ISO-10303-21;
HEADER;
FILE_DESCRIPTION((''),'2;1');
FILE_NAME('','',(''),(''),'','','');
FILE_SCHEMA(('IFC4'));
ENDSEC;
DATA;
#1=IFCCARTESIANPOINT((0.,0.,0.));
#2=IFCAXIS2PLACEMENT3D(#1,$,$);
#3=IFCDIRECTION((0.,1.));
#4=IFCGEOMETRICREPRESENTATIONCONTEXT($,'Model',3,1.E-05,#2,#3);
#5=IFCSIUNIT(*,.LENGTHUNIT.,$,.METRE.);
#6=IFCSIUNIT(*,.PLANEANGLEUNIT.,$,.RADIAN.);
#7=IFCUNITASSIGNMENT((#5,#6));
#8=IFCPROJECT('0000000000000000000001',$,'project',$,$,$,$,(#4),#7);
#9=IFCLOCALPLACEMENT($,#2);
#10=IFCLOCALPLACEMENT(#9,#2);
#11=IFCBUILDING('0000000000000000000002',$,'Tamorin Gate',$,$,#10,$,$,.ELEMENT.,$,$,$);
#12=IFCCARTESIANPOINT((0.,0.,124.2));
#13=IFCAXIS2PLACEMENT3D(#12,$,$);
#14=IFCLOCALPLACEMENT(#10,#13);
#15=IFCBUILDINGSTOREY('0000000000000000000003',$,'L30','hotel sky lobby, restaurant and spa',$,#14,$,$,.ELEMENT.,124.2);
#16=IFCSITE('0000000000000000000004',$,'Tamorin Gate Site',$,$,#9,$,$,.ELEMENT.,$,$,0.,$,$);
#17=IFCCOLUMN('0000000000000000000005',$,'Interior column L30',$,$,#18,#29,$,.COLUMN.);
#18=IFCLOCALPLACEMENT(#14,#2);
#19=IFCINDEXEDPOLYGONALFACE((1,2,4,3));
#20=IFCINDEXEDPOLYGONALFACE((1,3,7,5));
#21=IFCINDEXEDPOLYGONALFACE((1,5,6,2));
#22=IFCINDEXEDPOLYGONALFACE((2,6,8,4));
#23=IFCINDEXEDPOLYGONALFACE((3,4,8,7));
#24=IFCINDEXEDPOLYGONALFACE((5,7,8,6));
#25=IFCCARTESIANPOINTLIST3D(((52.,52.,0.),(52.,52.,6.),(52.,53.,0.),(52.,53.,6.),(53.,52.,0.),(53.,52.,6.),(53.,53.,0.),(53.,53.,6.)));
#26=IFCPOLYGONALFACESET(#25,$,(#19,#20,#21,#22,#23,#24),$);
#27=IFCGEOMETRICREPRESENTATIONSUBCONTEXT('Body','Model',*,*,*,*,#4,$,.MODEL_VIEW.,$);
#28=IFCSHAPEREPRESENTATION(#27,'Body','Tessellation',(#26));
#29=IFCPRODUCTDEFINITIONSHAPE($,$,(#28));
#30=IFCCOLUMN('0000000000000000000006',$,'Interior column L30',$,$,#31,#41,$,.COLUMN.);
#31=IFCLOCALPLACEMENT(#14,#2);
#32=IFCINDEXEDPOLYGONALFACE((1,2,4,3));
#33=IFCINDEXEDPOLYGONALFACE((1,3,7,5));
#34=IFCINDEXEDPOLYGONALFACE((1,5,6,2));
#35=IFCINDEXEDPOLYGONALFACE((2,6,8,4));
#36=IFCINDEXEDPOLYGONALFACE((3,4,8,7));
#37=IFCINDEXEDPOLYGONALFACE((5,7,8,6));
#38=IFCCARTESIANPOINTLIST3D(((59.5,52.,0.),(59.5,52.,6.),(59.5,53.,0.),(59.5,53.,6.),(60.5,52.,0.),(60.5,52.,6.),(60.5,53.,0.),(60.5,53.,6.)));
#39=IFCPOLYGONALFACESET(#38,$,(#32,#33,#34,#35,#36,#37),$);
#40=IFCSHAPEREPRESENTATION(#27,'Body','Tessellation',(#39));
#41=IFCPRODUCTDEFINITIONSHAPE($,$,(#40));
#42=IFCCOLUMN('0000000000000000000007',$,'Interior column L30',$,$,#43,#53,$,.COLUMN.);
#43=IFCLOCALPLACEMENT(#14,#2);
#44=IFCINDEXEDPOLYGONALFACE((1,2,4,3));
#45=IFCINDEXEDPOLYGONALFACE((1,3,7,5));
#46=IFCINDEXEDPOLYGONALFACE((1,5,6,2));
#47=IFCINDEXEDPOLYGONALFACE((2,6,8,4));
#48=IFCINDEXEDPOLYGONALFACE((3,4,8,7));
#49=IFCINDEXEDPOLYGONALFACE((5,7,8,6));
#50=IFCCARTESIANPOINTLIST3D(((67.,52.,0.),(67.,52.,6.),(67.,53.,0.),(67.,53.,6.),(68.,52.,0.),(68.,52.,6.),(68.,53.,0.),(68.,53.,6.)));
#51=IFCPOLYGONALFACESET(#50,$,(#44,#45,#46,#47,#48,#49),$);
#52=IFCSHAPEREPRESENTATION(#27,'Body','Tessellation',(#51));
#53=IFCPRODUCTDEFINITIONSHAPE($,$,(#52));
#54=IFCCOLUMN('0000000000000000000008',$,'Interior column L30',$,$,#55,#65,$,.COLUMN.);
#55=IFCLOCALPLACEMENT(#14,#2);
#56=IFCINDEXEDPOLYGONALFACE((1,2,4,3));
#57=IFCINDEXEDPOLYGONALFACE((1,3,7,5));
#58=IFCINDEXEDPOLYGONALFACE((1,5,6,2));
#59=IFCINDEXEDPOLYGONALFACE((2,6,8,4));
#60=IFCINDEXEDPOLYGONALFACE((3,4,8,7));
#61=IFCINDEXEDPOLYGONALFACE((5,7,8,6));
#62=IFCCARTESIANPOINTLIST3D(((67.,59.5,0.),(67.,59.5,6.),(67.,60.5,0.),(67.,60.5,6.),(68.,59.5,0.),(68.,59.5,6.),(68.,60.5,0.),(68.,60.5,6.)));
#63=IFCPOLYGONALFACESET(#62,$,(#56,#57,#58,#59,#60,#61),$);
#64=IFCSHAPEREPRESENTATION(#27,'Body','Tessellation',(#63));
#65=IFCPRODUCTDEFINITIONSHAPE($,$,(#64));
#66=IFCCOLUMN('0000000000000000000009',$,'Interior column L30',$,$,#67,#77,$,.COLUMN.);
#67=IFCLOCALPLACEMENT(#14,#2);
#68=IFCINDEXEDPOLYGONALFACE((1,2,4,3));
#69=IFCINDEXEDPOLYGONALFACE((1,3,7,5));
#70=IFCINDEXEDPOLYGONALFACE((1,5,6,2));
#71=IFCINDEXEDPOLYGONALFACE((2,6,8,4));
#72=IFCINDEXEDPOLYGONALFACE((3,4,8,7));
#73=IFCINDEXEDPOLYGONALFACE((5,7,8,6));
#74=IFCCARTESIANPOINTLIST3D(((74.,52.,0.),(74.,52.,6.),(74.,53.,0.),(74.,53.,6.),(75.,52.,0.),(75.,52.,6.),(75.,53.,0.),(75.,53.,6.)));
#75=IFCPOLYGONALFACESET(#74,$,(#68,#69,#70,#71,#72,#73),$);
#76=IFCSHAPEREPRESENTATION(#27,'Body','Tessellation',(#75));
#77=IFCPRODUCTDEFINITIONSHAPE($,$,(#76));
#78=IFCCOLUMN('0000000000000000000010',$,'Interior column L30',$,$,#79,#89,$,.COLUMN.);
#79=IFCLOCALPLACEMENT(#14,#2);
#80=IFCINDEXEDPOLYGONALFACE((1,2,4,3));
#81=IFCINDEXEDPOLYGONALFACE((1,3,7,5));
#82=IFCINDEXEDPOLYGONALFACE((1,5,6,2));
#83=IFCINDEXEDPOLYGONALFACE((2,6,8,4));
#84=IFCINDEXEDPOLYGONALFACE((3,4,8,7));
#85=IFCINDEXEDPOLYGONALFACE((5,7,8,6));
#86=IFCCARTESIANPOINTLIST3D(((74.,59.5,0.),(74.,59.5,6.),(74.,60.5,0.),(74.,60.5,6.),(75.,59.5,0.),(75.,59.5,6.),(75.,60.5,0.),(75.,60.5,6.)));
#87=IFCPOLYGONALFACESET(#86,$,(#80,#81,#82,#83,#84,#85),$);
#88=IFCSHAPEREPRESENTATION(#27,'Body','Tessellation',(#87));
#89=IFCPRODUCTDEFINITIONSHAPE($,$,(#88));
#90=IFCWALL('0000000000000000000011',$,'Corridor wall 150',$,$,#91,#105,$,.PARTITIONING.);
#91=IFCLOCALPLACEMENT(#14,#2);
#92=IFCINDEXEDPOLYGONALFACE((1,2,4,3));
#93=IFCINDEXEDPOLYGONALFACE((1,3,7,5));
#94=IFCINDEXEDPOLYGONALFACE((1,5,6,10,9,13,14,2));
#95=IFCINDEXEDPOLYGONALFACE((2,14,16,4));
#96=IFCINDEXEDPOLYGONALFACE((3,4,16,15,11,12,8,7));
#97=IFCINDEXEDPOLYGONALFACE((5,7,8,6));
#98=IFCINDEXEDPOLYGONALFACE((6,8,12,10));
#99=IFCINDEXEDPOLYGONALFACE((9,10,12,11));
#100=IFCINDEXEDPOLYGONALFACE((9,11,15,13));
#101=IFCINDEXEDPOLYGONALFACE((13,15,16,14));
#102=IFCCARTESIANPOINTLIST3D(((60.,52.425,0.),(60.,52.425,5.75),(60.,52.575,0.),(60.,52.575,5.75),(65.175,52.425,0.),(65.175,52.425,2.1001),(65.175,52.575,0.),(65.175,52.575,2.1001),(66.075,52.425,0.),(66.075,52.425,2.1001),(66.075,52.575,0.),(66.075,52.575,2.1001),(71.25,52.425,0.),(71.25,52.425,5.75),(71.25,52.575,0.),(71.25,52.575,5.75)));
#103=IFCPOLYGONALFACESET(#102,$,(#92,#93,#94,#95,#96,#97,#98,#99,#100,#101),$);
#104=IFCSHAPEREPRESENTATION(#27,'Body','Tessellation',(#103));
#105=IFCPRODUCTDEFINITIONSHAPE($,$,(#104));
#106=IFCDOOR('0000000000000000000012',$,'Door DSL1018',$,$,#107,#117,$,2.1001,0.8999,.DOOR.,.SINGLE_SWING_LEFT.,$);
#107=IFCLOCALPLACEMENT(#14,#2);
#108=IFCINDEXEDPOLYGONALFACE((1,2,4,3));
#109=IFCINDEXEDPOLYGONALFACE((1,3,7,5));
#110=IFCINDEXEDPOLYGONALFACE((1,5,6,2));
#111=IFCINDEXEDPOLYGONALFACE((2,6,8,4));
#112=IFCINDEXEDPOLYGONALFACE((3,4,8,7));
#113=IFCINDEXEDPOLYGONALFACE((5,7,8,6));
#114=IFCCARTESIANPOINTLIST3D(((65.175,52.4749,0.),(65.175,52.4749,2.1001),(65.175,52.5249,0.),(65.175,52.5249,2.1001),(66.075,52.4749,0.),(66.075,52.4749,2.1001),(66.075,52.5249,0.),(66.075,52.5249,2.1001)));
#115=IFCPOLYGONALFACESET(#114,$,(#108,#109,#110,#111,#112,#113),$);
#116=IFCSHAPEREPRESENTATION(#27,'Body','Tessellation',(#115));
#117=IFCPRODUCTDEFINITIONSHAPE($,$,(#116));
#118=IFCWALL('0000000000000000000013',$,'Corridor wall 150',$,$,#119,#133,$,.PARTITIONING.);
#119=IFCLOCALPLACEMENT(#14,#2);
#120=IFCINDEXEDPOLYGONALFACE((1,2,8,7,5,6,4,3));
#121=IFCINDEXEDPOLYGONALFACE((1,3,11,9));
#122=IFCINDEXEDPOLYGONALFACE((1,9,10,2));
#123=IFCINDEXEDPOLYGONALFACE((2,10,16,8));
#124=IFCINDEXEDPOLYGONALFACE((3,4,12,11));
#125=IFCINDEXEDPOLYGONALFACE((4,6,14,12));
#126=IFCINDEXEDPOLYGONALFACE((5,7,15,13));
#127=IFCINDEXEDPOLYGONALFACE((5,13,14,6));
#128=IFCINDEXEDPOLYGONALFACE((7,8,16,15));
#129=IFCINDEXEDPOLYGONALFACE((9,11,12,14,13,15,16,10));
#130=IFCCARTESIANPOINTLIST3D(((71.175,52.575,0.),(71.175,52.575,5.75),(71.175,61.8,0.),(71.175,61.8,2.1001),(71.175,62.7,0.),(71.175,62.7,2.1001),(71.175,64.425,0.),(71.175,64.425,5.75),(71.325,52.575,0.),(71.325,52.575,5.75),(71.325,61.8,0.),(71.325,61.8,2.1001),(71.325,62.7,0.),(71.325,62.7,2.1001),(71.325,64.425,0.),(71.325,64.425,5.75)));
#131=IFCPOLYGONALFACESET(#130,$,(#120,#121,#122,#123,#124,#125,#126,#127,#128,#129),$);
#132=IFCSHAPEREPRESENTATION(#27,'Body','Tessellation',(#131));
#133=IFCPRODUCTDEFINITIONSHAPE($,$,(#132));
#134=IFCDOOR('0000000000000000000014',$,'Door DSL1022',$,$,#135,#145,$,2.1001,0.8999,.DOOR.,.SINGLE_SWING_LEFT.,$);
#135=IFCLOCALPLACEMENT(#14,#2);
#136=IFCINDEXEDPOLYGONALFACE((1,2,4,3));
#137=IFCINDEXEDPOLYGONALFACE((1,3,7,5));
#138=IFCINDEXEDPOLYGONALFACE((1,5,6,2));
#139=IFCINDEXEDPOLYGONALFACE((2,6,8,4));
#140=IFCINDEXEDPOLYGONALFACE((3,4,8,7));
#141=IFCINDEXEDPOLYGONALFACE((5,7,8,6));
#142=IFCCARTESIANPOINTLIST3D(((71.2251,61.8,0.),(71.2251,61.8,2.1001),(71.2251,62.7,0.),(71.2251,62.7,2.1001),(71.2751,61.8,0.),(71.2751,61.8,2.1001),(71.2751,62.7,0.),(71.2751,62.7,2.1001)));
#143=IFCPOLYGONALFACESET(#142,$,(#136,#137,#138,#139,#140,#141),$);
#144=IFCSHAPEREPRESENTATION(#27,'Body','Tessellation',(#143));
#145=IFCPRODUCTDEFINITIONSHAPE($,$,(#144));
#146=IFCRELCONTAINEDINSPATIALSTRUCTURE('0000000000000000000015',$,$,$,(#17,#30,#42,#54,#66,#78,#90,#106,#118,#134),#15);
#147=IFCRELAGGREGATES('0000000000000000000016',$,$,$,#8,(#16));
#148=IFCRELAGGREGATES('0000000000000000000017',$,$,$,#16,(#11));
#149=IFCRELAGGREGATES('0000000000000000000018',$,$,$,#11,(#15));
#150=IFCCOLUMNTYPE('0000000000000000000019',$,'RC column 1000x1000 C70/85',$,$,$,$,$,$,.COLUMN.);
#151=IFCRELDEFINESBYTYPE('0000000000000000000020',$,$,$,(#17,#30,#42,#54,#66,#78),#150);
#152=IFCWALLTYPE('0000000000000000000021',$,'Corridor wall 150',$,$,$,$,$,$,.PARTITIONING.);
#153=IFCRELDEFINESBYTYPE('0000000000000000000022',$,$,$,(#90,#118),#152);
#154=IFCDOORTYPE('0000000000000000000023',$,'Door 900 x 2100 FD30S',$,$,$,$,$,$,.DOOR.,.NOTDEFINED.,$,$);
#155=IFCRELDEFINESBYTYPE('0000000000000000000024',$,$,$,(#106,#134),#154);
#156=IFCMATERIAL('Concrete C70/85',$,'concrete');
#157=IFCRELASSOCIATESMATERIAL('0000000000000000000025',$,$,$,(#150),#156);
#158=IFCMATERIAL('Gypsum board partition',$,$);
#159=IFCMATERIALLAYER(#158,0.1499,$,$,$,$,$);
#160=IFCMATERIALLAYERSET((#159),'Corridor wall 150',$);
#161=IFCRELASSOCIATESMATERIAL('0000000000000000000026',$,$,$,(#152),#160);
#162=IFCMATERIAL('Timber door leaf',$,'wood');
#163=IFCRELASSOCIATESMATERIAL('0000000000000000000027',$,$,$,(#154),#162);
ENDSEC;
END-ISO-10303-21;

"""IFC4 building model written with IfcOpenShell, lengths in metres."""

from ifc_helpers import new_model, si_unit, direction, frame, frame_2d, origin, origin_2d, place, context, subcontext, project, spatial, rectangle, extrude, material, layer, layer_set, material_profile, profile_set, type_object, element, fill, save


model = new_model("IFC4")

# Units and contexts
model_context = context("Model", 3, precision=1e-05, world=origin(), true_north=direction((0.0, 1.0)))
body_context = subcontext(model_context, "Body", "Model", "MODEL_VIEW")
ifc_project = project(units=[si_unit("LENGTHUNIT", "METRE"), si_unit("PLANEANGLEUNIT", "RADIAN")], contexts=[model_context])

# Site, building, storey
site_placement = place(None, origin())
site = spatial("IfcSite", under=ifc_project, at=site_placement, Name="Tamorin Gate Site", CompositionType="ELEMENT", RefElevation=0.0)
building_placement = place(site_placement, origin())
building = spatial("IfcBuilding", under=site, at=building_placement, Name="Tamorin Gate", CompositionType="ELEMENT")
storey_placement = place(building_placement, frame((0.0, 0.0, 124.2)))
storey = spatial("IfcBuildingStorey", under=building, at=storey_placement, Name="L30", Description="hotel sky lobby, restaurant and spa", CompositionType="ELEMENT", Elevation=124.2)

# Columns
ifc_material_1 = material(Name="Concrete C70/85", Category="concrete")
ifc_material_profile = material_profile(ifc_material_1, rectangle(XDim=1.0, YDim=1.0, at=origin_2d()), Name="RC 1000x1000")
ifc_profile_set = profile_set([ifc_material_profile], Name="Concrete C70/85")
column_type = type_object("IfcColumnType", Name="RC column 1000x1000 C70/85", PredefinedType="COLUMN", material=ifc_profile_set)
for number, where, z_axis, x_axis, name in (
    (1, (52.5, 52.5, 0.0), (0.0, 0.0, 1.0), (1.0, 0.0, 0.0), "Interior column L30"),
    (2, (60.0, 52.5, 0.0), (0.0, 0.0, 1.0), (1.0, 0.0, 0.0), "Interior column L30"),
    (3, (67.5, 52.5, 0.0), (0.0, 0.0, 1.0), (1.0, 0.0, 0.0), "Interior column L30"),
    (4, (67.5, 60.0, 0.0), (0.0, 0.0, 1.0), (1.0, 0.0, 0.0), "Interior column L30"),
    (5, (74.5, 52.5, 0.0), (0.0, 0.0, 1.0), (1.0, 0.0, 0.0), "Interior column L30"),
    (6, (74.5, 60.0, 0.0), (0.0, 0.0, 1.0), (1.0, 0.0, 0.0), "Interior column L30"),
):
    element("IfcColumn", number, at=place(storey_placement, frame(where, z_axis=z_axis, x_axis=x_axis)), inside=storey, type_object=column_type, Name=name, PredefinedType="COLUMN", context=body_context, shape_type="SweptSolid", body=[
        extrude(rectangle(XDim=1.0, YDim=1.0, at=origin_2d()), origin(), (0.0, 0.0, 1.0), 6.0),
    ])

# Walls, openings, doors
ifc_material_2 = material(Name="Gypsum board partition")
ifc_layer_1 = layer(ifc_material_2, 0.1499)
ifc_layer_set_1 = layer_set([ifc_layer_1], Name="Corridor wall 150")
wall_type_1 = type_object("IfcWallType", Name="Corridor wall 150", PredefinedType="PARTITIONING", material=ifc_layer_set_1)
wall_1_placement = place(storey_placement, frame((60.0, 52.5, 0.0), z_axis=(0.0, 0.0, 1.0), x_axis=(1.0, 0.0, 0.0)))
wall_1 = element("IfcWall", 7, at=wall_1_placement, inside=storey, type_object=wall_type_1, Name="Corridor wall 150", PredefinedType="PARTITIONING", context=body_context, shape_type="SweptSolid", body=[
    extrude(rectangle(XDim=11.25, YDim=0.1499, at=frame_2d((5.625, 0.0))), origin(), (0.0, 0.0, 1.0), 5.75),
])
opening_1_placement = place(wall_1_placement, frame((5.175, 0.0, 0.0)))
opening_1 = element("IfcOpeningElement", 8, at=opening_1_placement, cuts=wall_1, PredefinedType="OPENING", context=body_context, shape_type="SweptSolid", body=[
    extrude(rectangle(XDim=0.8999, YDim=2.1001, at=frame_2d((0.45, 1.05))), frame((0.0, 0.085, 0.0), z_axis=(0.0, -1.0, 0.0), x_axis=(1.0, 0.0, 0.0)), (0.0, 0.0, 1.0), 0.1699),
])
ifc_material_3 = material(Name="Timber door leaf", Category="wood")
door_type_1 = type_object("IfcDoorType", Name="Door 900 x 2100 FD30S", OperationType="NOTDEFINED", PredefinedType="DOOR", material=ifc_material_3)
door_1_placement = place(opening_1_placement, origin())
door_1 = element("IfcDoor", 9, at=door_1_placement, inside=storey, type_object=door_type_1, Name="Door DSL1018", OperationType="SINGLE_SWING_LEFT", OverallHeight=2.1001, OverallWidth=0.8999, PredefinedType="DOOR", context=body_context, shape_type="SweptSolid", body=[
    extrude(rectangle(XDim=0.8999, YDim=2.1001, at=frame_2d((0.45, 1.05))), frame((0.0, 0.0249, 0.0), z_axis=(0.0, -1.0, 0.0), x_axis=(1.0, 0.0, 0.0)), (0.0, 0.0, 1.0), 0.05),
])
fill(opening_1, door_1)
wall_2_placement = place(storey_placement, frame((71.25, 52.575, 0.0), z_axis=(0.0, 0.0, 1.0), x_axis=(0.0, 1.0, 0.0)))
wall_2 = element("IfcWall", 10, at=wall_2_placement, inside=storey, type_object=wall_type_1, Name="Corridor wall 150", PredefinedType="PARTITIONING", context=body_context, shape_type="SweptSolid", body=[
    extrude(rectangle(XDim=11.8501, YDim=0.1499, at=frame_2d((5.925, 0.0))), origin(), (0.0, 0.0, 1.0), 5.75),
])
opening_2_placement = place(wall_2_placement, frame((9.2251, 0.0, 0.0)))
opening_2 = element("IfcOpeningElement", 11, at=opening_2_placement, cuts=wall_2, PredefinedType="OPENING", context=body_context, shape_type="SweptSolid", body=[
    extrude(rectangle(XDim=0.8999, YDim=2.1001, at=frame_2d((0.45, 1.05))), frame((0.0, 0.085, 0.0), z_axis=(0.0, -1.0, 0.0), x_axis=(1.0, 0.0, 0.0)), (0.0, 0.0, 1.0), 0.1699),
])
door_2_placement = place(opening_2_placement, origin())
door_2 = element("IfcDoor", 12, at=door_2_placement, inside=storey, type_object=door_type_1, Name="Door DSL1022", OperationType="SINGLE_SWING_LEFT", OverallHeight=2.1001, OverallWidth=0.8999, PredefinedType="DOOR", context=body_context, shape_type="SweptSolid", body=[
    extrude(rectangle(XDim=0.8999, YDim=2.1001, at=frame_2d((0.45, 1.05))), frame((0.0, 0.0249, 0.0), z_axis=(0.0, -1.0, 0.0), x_axis=(1.0, 0.0, 0.0)), (0.0, 0.0, 1.0), 0.05),
])
fill(opening_2, door_2)

save(model, "model.ifc")
